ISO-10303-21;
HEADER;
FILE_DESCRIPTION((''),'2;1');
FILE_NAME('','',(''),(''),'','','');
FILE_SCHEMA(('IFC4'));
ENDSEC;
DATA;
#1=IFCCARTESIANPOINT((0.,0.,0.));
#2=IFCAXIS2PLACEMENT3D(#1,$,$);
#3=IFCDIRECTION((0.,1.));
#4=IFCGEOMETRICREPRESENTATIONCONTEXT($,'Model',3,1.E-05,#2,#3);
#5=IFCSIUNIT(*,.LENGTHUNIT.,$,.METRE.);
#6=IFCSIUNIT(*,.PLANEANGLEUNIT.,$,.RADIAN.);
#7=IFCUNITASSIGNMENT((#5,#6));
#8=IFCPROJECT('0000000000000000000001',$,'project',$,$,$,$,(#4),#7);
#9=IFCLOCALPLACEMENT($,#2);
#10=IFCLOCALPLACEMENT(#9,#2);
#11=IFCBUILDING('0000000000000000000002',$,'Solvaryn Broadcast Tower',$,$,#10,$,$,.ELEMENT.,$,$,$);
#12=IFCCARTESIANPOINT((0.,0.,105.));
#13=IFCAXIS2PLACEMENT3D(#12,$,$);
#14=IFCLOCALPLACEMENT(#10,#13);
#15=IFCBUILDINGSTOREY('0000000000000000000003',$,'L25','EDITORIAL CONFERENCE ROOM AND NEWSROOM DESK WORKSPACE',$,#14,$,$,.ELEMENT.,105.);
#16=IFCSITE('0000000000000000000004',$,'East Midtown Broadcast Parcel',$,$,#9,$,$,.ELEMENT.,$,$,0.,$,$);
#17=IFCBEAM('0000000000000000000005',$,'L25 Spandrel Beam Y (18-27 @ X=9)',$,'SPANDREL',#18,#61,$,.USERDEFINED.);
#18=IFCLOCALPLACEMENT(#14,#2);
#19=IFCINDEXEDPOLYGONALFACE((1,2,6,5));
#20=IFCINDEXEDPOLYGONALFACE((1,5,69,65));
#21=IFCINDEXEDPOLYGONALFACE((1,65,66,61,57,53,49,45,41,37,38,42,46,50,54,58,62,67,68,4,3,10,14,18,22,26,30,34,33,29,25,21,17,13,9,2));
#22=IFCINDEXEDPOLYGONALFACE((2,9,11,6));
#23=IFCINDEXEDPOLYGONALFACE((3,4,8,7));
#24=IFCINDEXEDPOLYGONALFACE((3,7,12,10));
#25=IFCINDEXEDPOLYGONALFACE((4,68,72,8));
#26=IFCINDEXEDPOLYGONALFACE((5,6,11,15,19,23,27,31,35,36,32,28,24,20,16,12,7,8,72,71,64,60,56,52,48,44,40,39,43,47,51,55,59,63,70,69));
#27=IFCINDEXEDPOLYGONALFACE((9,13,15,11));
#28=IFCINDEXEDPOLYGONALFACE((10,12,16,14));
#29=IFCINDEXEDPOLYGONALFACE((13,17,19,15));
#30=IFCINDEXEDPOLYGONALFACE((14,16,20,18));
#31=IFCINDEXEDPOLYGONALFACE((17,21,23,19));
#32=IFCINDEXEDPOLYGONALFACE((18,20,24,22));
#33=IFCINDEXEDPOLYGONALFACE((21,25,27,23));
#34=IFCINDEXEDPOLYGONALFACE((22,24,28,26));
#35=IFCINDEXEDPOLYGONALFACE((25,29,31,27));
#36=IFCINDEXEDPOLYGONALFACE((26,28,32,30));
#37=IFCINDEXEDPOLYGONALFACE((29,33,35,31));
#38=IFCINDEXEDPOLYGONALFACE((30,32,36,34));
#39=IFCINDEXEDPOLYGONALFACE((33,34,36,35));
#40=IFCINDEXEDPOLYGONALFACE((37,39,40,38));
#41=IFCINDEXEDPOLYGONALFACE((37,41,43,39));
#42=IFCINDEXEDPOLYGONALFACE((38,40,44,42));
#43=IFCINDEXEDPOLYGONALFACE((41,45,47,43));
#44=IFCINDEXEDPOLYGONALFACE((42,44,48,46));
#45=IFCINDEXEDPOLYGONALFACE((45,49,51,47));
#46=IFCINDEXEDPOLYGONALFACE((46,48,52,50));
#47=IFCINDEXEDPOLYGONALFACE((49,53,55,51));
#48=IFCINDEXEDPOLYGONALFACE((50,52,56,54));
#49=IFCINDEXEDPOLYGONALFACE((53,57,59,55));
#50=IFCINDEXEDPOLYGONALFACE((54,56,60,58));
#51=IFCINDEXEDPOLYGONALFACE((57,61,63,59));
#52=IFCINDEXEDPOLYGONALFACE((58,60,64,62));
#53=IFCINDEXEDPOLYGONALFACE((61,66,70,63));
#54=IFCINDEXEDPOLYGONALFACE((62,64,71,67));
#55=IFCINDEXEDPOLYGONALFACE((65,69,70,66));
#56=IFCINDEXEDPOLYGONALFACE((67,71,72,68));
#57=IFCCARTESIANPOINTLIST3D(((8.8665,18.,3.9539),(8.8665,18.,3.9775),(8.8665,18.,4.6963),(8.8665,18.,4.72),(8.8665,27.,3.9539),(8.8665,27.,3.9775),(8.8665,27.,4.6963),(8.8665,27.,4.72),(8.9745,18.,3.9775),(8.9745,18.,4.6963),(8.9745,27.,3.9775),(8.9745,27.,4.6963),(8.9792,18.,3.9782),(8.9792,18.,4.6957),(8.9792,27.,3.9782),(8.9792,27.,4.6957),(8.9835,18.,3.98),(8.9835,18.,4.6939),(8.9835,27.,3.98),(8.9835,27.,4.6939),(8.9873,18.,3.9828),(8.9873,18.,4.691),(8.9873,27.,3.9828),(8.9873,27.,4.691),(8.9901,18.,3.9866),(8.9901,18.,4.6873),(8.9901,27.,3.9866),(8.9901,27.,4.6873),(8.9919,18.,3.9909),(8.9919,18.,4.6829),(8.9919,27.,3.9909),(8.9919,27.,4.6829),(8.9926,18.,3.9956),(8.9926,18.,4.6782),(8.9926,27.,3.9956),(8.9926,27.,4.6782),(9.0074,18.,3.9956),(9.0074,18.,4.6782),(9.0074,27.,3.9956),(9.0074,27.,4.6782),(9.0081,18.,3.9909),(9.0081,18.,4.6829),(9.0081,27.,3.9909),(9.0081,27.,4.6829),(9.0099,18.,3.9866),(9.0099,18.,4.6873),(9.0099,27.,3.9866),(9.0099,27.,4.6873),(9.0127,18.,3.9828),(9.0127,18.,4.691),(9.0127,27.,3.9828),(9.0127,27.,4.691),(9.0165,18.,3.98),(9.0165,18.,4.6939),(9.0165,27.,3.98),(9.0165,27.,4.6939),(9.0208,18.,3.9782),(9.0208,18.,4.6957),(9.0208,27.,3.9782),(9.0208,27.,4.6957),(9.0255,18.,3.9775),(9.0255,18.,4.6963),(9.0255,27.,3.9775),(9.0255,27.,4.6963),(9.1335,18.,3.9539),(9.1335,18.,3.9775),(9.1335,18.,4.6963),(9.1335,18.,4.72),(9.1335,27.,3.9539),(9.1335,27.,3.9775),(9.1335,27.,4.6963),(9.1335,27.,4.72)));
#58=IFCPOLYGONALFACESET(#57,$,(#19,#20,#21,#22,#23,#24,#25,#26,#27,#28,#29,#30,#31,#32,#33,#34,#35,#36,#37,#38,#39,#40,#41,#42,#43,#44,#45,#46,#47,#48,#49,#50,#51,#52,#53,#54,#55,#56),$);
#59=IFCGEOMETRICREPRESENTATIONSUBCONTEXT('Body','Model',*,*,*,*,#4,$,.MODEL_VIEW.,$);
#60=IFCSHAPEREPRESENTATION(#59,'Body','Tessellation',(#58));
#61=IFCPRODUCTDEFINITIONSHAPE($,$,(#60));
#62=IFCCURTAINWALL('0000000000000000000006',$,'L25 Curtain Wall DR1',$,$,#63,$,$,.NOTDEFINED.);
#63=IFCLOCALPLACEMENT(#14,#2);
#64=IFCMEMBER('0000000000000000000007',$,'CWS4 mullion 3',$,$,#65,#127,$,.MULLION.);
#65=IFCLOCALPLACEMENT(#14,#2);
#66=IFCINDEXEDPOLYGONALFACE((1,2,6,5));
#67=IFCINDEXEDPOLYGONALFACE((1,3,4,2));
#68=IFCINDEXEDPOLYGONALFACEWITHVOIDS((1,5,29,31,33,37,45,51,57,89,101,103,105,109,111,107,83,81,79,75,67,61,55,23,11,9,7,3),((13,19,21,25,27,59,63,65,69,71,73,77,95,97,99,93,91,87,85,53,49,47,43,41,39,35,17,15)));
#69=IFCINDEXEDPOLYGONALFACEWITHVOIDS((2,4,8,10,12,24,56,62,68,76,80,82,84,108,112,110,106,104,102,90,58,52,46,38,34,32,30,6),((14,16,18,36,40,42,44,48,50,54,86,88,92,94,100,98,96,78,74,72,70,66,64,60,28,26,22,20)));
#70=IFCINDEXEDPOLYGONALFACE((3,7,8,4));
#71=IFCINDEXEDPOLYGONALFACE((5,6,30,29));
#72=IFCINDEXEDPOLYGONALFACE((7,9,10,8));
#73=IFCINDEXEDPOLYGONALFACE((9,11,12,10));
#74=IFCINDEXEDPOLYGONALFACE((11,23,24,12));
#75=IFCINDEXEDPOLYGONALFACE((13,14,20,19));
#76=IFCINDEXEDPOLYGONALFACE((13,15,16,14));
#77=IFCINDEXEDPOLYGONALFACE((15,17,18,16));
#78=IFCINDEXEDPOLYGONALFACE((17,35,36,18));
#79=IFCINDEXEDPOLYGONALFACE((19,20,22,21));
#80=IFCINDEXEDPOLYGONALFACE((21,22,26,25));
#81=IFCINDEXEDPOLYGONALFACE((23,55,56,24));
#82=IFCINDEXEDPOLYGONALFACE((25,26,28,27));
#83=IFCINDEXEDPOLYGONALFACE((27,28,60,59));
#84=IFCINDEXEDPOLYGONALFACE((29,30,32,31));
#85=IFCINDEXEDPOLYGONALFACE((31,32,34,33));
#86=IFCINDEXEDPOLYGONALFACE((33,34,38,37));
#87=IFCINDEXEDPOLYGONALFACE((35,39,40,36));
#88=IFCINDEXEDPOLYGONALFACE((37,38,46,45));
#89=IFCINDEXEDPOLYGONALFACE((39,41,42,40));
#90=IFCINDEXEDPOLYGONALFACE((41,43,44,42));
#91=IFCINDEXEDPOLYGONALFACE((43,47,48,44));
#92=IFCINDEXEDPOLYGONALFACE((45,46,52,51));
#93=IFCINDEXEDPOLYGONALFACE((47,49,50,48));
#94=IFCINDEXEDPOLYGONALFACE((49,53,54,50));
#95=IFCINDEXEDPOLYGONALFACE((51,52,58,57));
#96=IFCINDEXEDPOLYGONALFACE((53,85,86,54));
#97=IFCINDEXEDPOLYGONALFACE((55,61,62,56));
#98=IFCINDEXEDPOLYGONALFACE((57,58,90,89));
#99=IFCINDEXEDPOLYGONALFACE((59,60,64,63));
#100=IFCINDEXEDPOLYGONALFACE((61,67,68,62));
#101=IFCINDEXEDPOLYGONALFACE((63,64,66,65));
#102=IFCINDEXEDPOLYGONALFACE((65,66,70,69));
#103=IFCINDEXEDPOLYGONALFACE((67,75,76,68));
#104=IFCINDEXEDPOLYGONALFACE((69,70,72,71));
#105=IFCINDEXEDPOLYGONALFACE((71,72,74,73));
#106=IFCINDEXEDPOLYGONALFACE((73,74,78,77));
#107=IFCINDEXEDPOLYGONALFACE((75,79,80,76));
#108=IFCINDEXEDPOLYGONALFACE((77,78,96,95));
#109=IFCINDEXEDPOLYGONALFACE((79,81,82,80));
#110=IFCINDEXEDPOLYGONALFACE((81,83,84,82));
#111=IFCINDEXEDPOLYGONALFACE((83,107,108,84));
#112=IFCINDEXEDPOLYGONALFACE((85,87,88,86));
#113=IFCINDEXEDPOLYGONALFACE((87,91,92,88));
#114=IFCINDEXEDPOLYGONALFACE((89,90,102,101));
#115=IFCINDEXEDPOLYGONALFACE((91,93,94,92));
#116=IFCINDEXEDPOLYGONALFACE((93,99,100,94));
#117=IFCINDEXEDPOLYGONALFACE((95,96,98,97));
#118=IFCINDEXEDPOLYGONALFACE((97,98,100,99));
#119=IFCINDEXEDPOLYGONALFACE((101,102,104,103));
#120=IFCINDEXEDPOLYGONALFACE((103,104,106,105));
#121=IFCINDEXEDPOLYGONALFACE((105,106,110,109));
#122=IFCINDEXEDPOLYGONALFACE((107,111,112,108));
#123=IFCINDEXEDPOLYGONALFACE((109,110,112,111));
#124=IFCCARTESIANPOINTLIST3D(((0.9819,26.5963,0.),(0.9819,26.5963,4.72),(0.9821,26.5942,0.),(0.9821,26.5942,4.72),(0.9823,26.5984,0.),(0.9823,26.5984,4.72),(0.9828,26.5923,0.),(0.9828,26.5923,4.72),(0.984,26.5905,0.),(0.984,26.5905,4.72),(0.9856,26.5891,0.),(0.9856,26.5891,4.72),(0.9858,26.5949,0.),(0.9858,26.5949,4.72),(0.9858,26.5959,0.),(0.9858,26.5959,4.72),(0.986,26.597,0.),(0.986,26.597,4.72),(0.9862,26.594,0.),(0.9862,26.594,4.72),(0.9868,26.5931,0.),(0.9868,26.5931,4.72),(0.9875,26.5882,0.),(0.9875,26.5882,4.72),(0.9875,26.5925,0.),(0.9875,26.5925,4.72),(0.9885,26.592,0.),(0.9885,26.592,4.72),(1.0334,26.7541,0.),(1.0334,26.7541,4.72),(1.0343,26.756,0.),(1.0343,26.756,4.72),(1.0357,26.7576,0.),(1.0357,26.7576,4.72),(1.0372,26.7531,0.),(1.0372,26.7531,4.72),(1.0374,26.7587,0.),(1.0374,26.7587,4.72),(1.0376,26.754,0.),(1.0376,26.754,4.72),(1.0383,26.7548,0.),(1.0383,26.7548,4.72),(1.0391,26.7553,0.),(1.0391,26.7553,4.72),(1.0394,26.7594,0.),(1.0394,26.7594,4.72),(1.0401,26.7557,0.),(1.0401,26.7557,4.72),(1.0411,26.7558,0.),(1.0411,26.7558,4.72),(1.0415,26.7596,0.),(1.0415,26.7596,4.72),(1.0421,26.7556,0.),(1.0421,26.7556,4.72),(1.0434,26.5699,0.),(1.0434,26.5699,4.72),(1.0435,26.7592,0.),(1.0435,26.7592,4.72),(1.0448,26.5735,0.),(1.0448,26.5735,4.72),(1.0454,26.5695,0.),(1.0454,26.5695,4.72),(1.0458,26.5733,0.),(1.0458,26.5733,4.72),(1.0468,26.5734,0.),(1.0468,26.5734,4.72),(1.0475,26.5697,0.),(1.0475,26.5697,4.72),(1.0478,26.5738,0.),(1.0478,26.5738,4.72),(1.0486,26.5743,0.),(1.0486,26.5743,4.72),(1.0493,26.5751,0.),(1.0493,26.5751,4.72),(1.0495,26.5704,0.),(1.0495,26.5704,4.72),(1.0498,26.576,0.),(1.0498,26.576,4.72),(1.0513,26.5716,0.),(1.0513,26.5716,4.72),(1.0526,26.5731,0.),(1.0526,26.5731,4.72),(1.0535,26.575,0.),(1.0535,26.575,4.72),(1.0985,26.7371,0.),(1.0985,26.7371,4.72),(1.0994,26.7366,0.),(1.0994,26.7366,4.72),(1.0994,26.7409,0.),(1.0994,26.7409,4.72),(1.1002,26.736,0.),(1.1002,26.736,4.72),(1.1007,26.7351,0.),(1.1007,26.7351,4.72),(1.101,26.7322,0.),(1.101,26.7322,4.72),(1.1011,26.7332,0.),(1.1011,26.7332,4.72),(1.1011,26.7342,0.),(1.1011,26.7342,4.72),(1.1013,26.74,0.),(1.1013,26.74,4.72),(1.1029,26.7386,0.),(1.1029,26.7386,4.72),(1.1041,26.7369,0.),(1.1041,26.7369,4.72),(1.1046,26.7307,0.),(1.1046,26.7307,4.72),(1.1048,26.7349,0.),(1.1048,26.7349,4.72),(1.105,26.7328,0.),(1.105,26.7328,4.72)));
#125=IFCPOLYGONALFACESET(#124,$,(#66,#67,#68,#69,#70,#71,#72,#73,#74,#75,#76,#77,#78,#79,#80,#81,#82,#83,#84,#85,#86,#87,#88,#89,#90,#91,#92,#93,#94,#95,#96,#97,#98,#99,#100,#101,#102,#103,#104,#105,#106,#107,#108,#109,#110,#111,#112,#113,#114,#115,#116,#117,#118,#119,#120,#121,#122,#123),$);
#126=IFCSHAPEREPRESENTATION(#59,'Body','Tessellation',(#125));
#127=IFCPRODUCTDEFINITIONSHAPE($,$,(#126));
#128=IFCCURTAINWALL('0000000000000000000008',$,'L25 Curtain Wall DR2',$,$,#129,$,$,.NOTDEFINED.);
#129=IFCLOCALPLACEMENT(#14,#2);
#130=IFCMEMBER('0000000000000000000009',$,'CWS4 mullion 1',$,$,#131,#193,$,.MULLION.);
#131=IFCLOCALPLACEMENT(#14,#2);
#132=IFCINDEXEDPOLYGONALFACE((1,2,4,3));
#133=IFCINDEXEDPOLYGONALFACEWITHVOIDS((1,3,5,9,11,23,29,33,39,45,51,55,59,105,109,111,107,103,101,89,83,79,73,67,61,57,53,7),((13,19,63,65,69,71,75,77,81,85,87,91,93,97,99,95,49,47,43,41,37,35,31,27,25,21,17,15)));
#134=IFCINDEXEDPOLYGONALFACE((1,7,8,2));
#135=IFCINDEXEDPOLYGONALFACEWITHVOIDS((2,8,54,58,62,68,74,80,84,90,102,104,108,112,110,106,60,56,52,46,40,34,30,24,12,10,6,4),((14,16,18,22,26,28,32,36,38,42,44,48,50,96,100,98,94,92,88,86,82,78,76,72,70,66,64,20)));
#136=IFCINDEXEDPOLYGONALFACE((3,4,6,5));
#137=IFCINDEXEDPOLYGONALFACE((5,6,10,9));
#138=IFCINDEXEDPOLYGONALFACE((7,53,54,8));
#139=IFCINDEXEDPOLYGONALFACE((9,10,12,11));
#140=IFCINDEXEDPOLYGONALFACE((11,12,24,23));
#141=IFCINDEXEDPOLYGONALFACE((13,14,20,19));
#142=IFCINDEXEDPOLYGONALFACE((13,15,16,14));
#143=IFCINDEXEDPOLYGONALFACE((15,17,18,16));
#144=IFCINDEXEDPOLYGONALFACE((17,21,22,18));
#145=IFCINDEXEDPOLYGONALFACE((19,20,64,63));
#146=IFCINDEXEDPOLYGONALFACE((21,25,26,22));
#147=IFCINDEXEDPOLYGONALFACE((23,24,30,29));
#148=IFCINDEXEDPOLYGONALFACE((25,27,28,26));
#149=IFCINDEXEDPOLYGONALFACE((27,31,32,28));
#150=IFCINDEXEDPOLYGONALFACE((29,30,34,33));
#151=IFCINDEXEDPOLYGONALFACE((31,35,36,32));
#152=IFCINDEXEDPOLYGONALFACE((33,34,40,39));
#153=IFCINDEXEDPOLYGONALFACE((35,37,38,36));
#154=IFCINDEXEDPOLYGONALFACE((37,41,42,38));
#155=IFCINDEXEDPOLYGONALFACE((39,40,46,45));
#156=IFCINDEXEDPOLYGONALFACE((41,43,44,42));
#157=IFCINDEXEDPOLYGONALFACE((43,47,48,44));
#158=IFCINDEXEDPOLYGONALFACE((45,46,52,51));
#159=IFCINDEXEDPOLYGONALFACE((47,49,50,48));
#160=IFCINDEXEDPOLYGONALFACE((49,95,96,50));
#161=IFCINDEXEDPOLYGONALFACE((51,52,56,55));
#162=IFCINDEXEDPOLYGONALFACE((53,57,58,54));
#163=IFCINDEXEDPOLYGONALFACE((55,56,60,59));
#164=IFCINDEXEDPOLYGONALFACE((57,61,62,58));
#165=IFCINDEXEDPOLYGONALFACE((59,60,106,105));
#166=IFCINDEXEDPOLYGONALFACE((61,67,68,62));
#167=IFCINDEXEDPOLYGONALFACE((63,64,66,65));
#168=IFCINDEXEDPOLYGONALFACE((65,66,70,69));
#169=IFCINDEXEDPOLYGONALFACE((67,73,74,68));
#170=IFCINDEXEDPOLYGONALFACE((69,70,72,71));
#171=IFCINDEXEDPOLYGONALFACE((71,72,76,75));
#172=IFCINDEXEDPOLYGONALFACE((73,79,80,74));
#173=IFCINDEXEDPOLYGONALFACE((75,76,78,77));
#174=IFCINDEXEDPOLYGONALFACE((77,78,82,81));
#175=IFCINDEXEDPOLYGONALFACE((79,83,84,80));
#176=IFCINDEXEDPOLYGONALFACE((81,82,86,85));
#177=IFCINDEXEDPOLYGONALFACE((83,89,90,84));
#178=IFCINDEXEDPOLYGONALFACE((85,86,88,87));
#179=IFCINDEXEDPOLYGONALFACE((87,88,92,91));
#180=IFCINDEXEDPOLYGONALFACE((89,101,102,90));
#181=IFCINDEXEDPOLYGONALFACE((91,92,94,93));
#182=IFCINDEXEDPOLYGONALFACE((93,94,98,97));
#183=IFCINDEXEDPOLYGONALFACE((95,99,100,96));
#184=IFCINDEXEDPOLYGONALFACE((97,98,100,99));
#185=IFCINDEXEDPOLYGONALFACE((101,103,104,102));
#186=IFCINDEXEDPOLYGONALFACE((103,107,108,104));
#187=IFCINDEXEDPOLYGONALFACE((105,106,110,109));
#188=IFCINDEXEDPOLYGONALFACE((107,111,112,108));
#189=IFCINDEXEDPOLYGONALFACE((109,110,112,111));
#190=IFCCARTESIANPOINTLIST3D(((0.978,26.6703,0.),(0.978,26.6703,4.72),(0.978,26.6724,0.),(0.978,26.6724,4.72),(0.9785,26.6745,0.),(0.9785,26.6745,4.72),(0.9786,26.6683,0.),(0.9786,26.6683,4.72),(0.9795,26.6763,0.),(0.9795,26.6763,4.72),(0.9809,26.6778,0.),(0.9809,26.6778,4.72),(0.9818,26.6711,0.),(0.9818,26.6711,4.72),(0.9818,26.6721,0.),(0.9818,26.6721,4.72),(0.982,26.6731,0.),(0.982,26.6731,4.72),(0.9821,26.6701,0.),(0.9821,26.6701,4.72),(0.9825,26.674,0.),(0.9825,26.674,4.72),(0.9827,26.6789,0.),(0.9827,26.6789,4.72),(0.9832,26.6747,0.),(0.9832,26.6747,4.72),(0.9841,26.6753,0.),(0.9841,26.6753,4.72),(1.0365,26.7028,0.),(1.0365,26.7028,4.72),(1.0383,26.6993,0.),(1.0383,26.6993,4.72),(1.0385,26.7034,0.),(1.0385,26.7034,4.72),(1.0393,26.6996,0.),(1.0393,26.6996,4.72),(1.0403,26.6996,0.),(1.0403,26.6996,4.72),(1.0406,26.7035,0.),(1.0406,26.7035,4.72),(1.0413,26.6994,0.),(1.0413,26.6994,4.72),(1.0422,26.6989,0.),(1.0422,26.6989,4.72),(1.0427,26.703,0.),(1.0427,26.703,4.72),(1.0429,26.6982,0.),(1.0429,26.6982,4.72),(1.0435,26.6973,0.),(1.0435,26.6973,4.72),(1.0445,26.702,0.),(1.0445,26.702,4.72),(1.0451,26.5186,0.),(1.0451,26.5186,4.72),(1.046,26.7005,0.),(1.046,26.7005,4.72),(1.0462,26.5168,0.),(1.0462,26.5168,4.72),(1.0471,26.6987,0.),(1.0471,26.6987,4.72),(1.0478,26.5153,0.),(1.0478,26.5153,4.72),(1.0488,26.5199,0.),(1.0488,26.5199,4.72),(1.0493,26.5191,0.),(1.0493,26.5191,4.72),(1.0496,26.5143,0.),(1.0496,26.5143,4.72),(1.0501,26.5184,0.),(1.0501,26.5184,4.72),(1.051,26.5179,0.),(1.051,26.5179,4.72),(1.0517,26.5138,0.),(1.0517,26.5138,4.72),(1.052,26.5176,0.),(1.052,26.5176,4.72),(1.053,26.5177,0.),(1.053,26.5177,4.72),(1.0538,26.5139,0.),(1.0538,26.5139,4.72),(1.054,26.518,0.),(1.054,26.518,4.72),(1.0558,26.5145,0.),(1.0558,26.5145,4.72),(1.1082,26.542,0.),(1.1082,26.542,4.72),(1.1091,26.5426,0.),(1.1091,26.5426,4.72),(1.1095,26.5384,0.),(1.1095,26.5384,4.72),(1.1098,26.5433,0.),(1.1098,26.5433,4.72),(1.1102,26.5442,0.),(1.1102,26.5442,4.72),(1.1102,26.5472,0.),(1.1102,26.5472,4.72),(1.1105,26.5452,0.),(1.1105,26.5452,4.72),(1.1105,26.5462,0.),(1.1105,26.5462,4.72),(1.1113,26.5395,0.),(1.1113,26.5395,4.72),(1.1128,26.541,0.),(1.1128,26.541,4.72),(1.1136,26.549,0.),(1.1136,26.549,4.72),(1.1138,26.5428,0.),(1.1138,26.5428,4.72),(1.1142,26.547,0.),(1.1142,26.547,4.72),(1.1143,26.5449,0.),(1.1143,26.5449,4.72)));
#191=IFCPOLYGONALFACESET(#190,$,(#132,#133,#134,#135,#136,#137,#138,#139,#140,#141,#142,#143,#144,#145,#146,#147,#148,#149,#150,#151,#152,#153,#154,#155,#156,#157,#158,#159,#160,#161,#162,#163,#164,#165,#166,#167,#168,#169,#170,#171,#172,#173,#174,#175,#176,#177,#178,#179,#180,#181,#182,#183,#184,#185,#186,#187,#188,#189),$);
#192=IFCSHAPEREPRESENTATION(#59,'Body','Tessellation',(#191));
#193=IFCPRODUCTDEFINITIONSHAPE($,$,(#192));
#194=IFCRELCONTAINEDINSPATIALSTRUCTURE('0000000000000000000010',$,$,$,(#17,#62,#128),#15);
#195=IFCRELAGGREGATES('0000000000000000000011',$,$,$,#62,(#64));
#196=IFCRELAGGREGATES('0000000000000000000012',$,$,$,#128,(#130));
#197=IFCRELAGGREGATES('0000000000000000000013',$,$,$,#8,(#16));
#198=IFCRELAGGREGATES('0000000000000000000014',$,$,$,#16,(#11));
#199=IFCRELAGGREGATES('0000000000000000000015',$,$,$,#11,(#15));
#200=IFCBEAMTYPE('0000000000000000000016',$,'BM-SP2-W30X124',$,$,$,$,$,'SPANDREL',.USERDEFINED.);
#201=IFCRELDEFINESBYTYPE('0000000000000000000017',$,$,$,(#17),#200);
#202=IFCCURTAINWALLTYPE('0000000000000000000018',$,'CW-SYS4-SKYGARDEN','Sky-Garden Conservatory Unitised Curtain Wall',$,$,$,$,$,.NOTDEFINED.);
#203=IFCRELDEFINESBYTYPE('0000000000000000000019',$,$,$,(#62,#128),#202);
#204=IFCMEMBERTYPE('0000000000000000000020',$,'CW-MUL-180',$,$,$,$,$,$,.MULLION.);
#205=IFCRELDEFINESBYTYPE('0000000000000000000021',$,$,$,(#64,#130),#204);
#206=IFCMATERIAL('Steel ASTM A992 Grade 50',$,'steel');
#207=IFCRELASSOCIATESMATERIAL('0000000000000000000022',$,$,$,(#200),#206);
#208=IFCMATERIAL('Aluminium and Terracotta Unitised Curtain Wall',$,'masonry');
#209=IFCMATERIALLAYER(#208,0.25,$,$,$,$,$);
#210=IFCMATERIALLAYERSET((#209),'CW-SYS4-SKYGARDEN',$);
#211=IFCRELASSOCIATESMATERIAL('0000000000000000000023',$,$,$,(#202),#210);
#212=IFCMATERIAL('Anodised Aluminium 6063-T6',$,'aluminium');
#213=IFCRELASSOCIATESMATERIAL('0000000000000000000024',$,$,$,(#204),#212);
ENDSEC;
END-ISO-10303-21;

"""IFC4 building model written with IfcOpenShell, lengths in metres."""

from ifc_helpers import new_model, si_unit, direction, frame, origin, origin_2d, place, context, subcontext, project, spatial, hollow_rectangle, i_section, extrude, material, layer, layer_set, material_profile, profile_set, type_object, element, aggregate, save


model = new_model("IFC4")

# Units and contexts
model_context = context("Model", 3, precision=1e-05, world=origin(), true_north=direction((0.0, 1.0)))
body_context = subcontext(model_context, "Body", "Model", "MODEL_VIEW")
ifc_project = project(units=[si_unit("LENGTHUNIT", "METRE"), si_unit("PLANEANGLEUNIT", "RADIAN")], contexts=[model_context])

# Site, building, storey
site_placement = place(None, origin())
site = spatial("IfcSite", under=ifc_project, at=site_placement, Name="East Midtown Broadcast Parcel", CompositionType="ELEMENT", RefElevation=0.0)
building_placement = place(site_placement, origin())
building = spatial("IfcBuilding", under=site, at=building_placement, Name="Solvaryn Broadcast Tower", CompositionType="ELEMENT")
storey_placement = place(building_placement, frame((0.0, 0.0, 105.0)))
storey = spatial("IfcBuildingStorey", under=building, at=storey_placement, Name="L25", Description="EDITORIAL CONFERENCE ROOM AND NEWSROOM DESK WORKSPACE", CompositionType="ELEMENT", Elevation=105.0)

# Beam
ifc_material_1 = material(Name="Steel ASTM A992 Grade 50", Category="steel")
ifc_material_profile_1 = material_profile(ifc_material_1, i_section(OverallWidth=0.2671, OverallDepth=0.7661, WebThickness=0.0149, FlangeThickness=0.0237, FilletRadius=0.0181, at=origin_2d()))
ifc_profile_set_1 = profile_set([ifc_material_profile_1], Name="Steel ASTM A992 Grade 50")
beam_type_1 = type_object("IfcBeamType", Name="BM-SP2-W30X124", ElementType="SPANDREL", PredefinedType="USERDEFINED", material=ifc_profile_set_1)
beam_placement = place(storey_placement, frame((9.0, 18.0, 4.3369), z_axis=(0.0, 1.0, 0.0), x_axis=(-1.0, 0.0, 0.0)))
element("IfcBeam", 1, at=beam_placement, inside=storey, type_object=beam_type_1, Name="L25 Spandrel Beam Y (18-27 @ X=9)", ObjectType="SPANDREL", PredefinedType="USERDEFINED", context=body_context, shape_type="SweptSolid", body=[
    extrude(i_section(OverallWidth=0.2671, OverallDepth=0.7661, WebThickness=0.0149, FlangeThickness=0.0237, FilletRadius=0.0181, at=origin_2d()), origin(), (0.0, 0.0, 1.0), 9.0),
])

# Curtain wall, member
ifc_material_2 = material(Name="Aluminium and Terracotta Unitised Curtain Wall", Category="masonry")
ifc_layer_1 = layer(ifc_material_2, 0.25)
ifc_layer_set_1 = layer_set([ifc_layer_1], Name="CW-SYS4-SKYGARDEN")
curtain_wall_type = type_object("IfcCurtainWallType", Name="CW-SYS4-SKYGARDEN", Description="Sky-Garden Conservatory Unitised Curtain Wall", PredefinedType="NOTDEFINED", material=ifc_layer_set_1)
curtain_wall_1_placement = place(storey_placement, origin())
curtain_wall_1 = element("IfcCurtainWall", 2, at=curtain_wall_1_placement, inside=storey, type_object=curtain_wall_type, Name="L25 Curtain Wall DR1", PredefinedType="NOTDEFINED")
ifc_material_3 = material(Name="Anodised Aluminium 6063-T6", Category="aluminium")
ifc_material_profile_2 = material_profile(ifc_material_3, hollow_rectangle(XDim=0.075, YDim=0.1799, WallThickness=0.0039, InnerFilletRadius=0.0039, OuterFilletRadius=0.0081, at=origin_2d()))
ifc_profile_set_2 = profile_set([ifc_material_profile_2], Name="Anodised Aluminium 6063-T6")
member_type_1 = type_object("IfcMemberType", Name="CW-MUL-180", PredefinedType="MULLION", material=ifc_profile_set_2)
member_1_placement = place(storey_placement, frame((1.0435, 26.6646, 0.0), z_axis=(0.0, 0.0, 1.0), x_axis=(0.950198, -0.311646, 0.0)))
member_1 = element("IfcMember", 3, at=member_1_placement, type_object=member_type_1, Name="CWS4 mullion 3", PredefinedType="MULLION", context=body_context, shape_type="SweptSolid", body=[
    extrude(hollow_rectangle(XDim=0.075, YDim=0.1799, WallThickness=0.0039, InnerFilletRadius=0.0039, OuterFilletRadius=0.0081, at=origin_2d()), origin(), (0.0, 0.0, 1.0), 4.72),
])
aggregate(curtain_wall_1, [member_1])

# Curtain wall, member
curtain_wall_2_placement = place(storey_placement, origin())
curtain_wall_2 = element("IfcCurtainWall", 4, at=curtain_wall_2_placement, inside=storey, type_object=curtain_wall_type, Name="L25 Curtain Wall DR2", PredefinedType="NOTDEFINED")
member_2_placement = place(storey_placement, frame((1.0461, 26.6086, 0.0), z_axis=(0.0, 0.0, 1.0), x_axis=(0.913909, 0.405918, 0.0)))
member_2 = element("IfcMember", 5, at=member_2_placement, type_object=member_type_1, Name="CWS4 mullion 1", PredefinedType="MULLION", context=body_context, shape_type="SweptSolid", body=[
    extrude(hollow_rectangle(XDim=0.075, YDim=0.1799, WallThickness=0.0039, InnerFilletRadius=0.0039, OuterFilletRadius=0.0081, at=origin_2d()), origin(), (0.0, 0.0, 1.0), 4.72),
])
aggregate(curtain_wall_2, [member_2])

save(model, "model.ifc")
